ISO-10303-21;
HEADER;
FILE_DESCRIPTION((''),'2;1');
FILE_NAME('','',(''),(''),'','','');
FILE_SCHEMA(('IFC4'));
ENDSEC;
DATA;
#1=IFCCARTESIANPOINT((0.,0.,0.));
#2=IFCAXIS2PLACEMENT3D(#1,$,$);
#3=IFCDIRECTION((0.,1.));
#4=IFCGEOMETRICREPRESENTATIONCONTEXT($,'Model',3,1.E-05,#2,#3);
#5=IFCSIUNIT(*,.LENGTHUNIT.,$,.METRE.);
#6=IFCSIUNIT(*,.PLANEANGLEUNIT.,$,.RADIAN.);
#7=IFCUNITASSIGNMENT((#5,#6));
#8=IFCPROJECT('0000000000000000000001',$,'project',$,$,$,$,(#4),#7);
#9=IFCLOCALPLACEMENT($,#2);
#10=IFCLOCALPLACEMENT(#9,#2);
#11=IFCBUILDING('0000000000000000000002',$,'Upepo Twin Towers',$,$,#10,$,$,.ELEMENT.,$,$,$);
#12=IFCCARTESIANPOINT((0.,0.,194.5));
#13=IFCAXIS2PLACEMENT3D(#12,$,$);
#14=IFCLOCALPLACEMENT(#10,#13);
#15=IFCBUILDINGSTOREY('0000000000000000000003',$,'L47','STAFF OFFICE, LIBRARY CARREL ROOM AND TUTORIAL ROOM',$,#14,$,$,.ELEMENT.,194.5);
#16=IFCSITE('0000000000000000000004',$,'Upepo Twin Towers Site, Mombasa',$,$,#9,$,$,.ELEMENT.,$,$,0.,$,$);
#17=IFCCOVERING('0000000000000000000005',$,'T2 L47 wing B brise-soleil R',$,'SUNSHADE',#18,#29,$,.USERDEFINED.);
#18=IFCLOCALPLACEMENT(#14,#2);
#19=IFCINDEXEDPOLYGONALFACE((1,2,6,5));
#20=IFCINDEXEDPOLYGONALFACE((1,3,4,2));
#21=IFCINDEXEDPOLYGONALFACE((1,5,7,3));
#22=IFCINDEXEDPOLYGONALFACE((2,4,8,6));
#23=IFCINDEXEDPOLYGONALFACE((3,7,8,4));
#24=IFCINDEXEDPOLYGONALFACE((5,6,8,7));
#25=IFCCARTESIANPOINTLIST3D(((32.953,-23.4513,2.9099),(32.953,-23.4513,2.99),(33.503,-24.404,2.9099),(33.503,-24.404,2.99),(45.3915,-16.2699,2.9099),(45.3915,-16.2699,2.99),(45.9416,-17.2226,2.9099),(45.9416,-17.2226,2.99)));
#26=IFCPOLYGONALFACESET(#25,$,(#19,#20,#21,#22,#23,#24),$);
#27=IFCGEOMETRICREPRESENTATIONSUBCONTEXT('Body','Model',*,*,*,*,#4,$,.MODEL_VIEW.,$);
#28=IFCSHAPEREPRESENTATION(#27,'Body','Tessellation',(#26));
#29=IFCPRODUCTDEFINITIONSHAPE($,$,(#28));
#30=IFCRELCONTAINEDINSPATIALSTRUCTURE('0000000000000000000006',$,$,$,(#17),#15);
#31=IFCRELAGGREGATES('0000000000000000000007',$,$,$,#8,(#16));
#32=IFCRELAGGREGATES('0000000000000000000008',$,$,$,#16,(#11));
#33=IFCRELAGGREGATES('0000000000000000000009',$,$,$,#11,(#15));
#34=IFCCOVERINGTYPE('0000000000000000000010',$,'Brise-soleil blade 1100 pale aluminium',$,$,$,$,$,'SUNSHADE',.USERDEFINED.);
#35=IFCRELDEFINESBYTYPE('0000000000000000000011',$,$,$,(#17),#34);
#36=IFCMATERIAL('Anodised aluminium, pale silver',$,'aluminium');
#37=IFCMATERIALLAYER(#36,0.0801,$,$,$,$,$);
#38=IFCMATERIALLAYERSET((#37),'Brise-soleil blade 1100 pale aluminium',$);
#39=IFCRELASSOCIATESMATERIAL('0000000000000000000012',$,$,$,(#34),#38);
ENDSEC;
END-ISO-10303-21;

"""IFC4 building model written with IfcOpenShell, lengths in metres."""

from ifc_helpers import new_model, si_unit, direction, frame, origin, origin_2d, place, context, subcontext, project, spatial, rectangle, extrude, material, layer, layer_set, type_object, element, save


model = new_model("IFC4")

# Units and contexts
model_context = context("Model", 3, precision=1e-05, world=origin(), true_north=direction((0.0, 1.0)))
body_context = subcontext(model_context, "Body", "Model", "MODEL_VIEW")
ifc_project = project(units=[si_unit("LENGTHUNIT", "METRE"), si_unit("PLANEANGLEUNIT", "RADIAN")], contexts=[model_context])

# Site, building, storey
site_placement = place(None, origin())
site = spatial("IfcSite", under=ifc_project, at=site_placement, Name="Upepo Twin Towers Site, Mombasa", CompositionType="ELEMENT", RefElevation=0.0)
building_placement = place(site_placement, origin())
building = spatial("IfcBuilding", under=site, at=building_placement, Name="Upepo Twin Towers", CompositionType="ELEMENT")
storey_placement = place(building_placement, frame((0.0, 0.0, 194.5)))
storey = spatial("IfcBuildingStorey", under=building, at=storey_placement, Name="L47", Description="STAFF OFFICE, LIBRARY CARREL ROOM AND TUTORIAL ROOM", CompositionType="ELEMENT", Elevation=194.5)

# Covering
ifc_material_1 = material(Name="Anodised aluminium, pale silver", Category="aluminium")
ifc_layer_1 = layer(ifc_material_1, 0.0801)
ifc_layer_set_1 = layer_set([ifc_layer_1], Name="Brise-soleil blade 1100 pale aluminium")
covering_type = type_object("IfcCoveringType", Name="Brise-soleil blade 1100 pale aluminium", ElementType="SUNSHADE", PredefinedType="USERDEFINED", material=ifc_layer_set_1)
covering_placement = place(storey_placement, frame((39.4473, -20.3369, 2.9099), z_axis=(0.0, 0.0, 1.0), x_axis=(-0.866025, -0.5, 0.0)))
element("IfcCovering", 1, at=covering_placement, inside=storey, type_object=covering_type, Name="T2 L47 wing B brise-soleil R", ObjectType="SUNSHADE", PredefinedType="USERDEFINED", context=body_context, shape_type="SweptSolid", body=[
    extrude(rectangle(XDim=14.3628, YDim=1.1001, at=origin_2d()), origin(), (0.0, 0.0, 1.0), 0.0801),
])

save(model, "model.ifc")
